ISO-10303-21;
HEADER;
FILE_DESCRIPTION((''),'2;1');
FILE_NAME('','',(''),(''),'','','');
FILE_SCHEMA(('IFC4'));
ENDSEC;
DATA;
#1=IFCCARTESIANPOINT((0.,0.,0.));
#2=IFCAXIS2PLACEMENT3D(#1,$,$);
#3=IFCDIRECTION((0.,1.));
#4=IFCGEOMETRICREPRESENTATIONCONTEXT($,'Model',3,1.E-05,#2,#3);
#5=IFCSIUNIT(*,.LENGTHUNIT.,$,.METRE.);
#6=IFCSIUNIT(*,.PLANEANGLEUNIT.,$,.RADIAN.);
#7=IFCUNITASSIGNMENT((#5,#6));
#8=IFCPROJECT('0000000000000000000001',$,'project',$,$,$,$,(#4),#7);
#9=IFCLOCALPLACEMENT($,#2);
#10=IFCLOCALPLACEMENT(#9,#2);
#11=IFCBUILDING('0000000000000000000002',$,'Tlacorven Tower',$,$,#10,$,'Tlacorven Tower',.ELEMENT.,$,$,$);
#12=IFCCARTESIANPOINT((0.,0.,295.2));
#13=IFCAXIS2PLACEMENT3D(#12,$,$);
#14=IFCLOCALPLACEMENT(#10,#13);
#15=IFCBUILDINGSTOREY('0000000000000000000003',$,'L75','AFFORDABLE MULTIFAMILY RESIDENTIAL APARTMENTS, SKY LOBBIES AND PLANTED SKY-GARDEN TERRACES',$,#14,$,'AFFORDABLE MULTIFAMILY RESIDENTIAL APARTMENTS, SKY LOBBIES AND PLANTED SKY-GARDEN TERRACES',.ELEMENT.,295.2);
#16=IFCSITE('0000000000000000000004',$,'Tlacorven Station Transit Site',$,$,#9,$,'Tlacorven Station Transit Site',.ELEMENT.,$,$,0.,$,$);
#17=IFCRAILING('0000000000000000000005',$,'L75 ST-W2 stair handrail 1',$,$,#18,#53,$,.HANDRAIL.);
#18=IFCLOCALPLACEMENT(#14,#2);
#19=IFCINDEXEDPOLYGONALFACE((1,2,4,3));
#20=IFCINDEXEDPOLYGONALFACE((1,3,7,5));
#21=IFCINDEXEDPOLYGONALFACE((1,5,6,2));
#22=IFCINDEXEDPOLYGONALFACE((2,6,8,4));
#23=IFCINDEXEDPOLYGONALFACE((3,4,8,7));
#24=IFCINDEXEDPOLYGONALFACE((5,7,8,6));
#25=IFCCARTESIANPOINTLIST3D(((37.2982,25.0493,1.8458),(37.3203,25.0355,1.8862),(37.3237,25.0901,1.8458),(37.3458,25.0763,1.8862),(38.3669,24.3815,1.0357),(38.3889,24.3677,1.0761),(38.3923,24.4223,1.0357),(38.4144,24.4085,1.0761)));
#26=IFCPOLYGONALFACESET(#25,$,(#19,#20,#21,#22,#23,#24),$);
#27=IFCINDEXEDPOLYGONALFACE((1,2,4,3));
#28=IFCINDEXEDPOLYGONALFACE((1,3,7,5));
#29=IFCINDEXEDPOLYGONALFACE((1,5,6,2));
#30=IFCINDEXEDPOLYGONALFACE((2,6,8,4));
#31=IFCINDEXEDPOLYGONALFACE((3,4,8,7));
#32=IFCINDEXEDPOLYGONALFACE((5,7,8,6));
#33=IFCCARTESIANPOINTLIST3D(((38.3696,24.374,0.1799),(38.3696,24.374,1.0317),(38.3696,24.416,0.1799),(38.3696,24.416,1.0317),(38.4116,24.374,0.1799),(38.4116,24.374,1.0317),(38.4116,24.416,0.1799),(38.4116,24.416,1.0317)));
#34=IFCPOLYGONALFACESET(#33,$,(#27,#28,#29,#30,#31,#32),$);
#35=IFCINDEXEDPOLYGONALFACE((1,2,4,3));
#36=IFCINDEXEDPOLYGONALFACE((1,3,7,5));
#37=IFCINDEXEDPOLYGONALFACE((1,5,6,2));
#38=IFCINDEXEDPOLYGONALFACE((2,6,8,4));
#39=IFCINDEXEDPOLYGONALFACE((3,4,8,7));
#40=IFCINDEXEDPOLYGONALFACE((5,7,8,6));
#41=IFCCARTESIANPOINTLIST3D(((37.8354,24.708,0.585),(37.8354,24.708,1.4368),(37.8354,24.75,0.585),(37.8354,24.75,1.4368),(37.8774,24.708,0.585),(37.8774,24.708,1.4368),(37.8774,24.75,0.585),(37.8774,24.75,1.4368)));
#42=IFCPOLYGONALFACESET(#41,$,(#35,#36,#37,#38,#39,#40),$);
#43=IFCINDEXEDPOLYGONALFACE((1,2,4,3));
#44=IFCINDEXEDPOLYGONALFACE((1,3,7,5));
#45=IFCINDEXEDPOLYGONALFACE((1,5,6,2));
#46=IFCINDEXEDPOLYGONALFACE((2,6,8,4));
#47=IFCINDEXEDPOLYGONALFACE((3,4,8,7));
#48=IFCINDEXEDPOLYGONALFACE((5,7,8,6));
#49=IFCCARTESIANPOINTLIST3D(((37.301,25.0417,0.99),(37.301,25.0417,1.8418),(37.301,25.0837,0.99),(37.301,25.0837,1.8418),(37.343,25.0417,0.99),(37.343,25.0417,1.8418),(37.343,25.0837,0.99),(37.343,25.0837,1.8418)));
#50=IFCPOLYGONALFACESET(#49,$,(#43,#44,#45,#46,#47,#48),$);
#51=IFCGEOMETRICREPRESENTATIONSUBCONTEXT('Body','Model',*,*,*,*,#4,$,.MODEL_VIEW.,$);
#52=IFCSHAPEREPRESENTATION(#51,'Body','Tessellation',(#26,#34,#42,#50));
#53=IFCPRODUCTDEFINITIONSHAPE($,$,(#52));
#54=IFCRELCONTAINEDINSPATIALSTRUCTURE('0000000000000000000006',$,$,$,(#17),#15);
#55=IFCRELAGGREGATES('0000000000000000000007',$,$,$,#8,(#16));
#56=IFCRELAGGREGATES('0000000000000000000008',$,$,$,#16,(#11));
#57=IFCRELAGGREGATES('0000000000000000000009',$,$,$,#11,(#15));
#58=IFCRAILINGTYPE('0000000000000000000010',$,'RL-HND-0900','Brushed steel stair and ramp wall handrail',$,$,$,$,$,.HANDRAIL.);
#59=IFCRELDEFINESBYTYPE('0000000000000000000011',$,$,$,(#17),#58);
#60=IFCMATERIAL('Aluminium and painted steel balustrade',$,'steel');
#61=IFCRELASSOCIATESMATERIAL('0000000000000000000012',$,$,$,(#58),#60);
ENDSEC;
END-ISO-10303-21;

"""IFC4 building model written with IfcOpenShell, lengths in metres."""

from ifc_helpers import new_model, si_unit, direction, frame, origin, origin_2d, place, context, subcontext, project, spatial, rectangle, extrude, source, transform, mapped, material, type_object, element, save


model = new_model("IFC4")

# Units and contexts
model_context = context("Model", 3, precision=1e-05, world=origin(), true_north=direction((0.0, 1.0)))
body_context = subcontext(model_context, "Body", "Model", "MODEL_VIEW")
ifc_project = project(units=[si_unit("LENGTHUNIT", "METRE"), si_unit("PLANEANGLEUNIT", "RADIAN")], contexts=[model_context])

# Site, building, storey
site_placement = place(None, origin())
site = spatial("IfcSite", under=ifc_project, at=site_placement, Name="Tlacorven Station Transit Site", LongName="Tlacorven Station Transit Site", CompositionType="ELEMENT", RefElevation=0.0)
building_placement = place(site_placement, origin())
building = spatial("IfcBuilding", under=site, at=building_placement, Name="Tlacorven Tower", LongName="Tlacorven Tower", CompositionType="ELEMENT")
storey_placement = place(building_placement, frame((0.0, 0.0, 295.2)))
storey = spatial("IfcBuildingStorey", under=building, at=storey_placement, Name="L75", Description="AFFORDABLE MULTIFAMILY RESIDENTIAL APARTMENTS, SKY LOBBIES AND PLANTED SKY-GARDEN TERRACES", LongName="AFFORDABLE MULTIFAMILY RESIDENTIAL APARTMENTS, SKY LOBBIES AND PLANTED SKY-GARDEN TERRACES", CompositionType="ELEMENT", Elevation=295.2)

# Railing
ifc_material_1 = material(Name="Aluminium and painted steel balustrade", Category="steel")
railing_type = type_object("IfcRailingType", Name="RL-HND-0900", Description="Brushed steel stair and ramp wall handrail", PredefinedType="HANDRAIL", material=ifc_material_1)
shared_shape_1 = source(origin(), body_context, "Body", "SweptSolid", [
    extrude(rectangle(XDim=0.0481, YDim=0.0481, at=origin_2d()), frame((0.0, 0.0, 0.876), z_axis=(-0.71336, 0.445748, 0.540765), x_axis=(-0.529912, -0.848053, 0.0)), (0.0, 0.0, 1.0), 1.498),
    extrude(rectangle(XDim=0.042, YDim=0.042, at=origin_2d()), origin(), (0.0, 0.0, 1.0), 0.8518),
    extrude(rectangle(XDim=0.042, YDim=0.042, at=origin_2d()), frame((-0.5342, 0.334, 0.405)), (0.0, 0.0, 1.0), 0.8518),
    extrude(rectangle(XDim=0.042, YDim=0.042, at=origin_2d()), frame((-1.0686, 0.6677, 0.8101)), (0.0, 0.0, 1.0), 0.8518),
])
railing_placement = place(storey_placement, frame((38.3906, 24.395, 0.1799)))
element("IfcRailing", 1, at=railing_placement, inside=storey, type_object=railing_type, Name="L75 ST-W2 stair handrail 1", PredefinedType="HANDRAIL", context=body_context, shape_type="MappedRepresentation", body=[
    mapped(shared_shape_1, transform((0.0, 0.0, 0.0), scale=1.0)),
])

save(model, "model.ifc")
